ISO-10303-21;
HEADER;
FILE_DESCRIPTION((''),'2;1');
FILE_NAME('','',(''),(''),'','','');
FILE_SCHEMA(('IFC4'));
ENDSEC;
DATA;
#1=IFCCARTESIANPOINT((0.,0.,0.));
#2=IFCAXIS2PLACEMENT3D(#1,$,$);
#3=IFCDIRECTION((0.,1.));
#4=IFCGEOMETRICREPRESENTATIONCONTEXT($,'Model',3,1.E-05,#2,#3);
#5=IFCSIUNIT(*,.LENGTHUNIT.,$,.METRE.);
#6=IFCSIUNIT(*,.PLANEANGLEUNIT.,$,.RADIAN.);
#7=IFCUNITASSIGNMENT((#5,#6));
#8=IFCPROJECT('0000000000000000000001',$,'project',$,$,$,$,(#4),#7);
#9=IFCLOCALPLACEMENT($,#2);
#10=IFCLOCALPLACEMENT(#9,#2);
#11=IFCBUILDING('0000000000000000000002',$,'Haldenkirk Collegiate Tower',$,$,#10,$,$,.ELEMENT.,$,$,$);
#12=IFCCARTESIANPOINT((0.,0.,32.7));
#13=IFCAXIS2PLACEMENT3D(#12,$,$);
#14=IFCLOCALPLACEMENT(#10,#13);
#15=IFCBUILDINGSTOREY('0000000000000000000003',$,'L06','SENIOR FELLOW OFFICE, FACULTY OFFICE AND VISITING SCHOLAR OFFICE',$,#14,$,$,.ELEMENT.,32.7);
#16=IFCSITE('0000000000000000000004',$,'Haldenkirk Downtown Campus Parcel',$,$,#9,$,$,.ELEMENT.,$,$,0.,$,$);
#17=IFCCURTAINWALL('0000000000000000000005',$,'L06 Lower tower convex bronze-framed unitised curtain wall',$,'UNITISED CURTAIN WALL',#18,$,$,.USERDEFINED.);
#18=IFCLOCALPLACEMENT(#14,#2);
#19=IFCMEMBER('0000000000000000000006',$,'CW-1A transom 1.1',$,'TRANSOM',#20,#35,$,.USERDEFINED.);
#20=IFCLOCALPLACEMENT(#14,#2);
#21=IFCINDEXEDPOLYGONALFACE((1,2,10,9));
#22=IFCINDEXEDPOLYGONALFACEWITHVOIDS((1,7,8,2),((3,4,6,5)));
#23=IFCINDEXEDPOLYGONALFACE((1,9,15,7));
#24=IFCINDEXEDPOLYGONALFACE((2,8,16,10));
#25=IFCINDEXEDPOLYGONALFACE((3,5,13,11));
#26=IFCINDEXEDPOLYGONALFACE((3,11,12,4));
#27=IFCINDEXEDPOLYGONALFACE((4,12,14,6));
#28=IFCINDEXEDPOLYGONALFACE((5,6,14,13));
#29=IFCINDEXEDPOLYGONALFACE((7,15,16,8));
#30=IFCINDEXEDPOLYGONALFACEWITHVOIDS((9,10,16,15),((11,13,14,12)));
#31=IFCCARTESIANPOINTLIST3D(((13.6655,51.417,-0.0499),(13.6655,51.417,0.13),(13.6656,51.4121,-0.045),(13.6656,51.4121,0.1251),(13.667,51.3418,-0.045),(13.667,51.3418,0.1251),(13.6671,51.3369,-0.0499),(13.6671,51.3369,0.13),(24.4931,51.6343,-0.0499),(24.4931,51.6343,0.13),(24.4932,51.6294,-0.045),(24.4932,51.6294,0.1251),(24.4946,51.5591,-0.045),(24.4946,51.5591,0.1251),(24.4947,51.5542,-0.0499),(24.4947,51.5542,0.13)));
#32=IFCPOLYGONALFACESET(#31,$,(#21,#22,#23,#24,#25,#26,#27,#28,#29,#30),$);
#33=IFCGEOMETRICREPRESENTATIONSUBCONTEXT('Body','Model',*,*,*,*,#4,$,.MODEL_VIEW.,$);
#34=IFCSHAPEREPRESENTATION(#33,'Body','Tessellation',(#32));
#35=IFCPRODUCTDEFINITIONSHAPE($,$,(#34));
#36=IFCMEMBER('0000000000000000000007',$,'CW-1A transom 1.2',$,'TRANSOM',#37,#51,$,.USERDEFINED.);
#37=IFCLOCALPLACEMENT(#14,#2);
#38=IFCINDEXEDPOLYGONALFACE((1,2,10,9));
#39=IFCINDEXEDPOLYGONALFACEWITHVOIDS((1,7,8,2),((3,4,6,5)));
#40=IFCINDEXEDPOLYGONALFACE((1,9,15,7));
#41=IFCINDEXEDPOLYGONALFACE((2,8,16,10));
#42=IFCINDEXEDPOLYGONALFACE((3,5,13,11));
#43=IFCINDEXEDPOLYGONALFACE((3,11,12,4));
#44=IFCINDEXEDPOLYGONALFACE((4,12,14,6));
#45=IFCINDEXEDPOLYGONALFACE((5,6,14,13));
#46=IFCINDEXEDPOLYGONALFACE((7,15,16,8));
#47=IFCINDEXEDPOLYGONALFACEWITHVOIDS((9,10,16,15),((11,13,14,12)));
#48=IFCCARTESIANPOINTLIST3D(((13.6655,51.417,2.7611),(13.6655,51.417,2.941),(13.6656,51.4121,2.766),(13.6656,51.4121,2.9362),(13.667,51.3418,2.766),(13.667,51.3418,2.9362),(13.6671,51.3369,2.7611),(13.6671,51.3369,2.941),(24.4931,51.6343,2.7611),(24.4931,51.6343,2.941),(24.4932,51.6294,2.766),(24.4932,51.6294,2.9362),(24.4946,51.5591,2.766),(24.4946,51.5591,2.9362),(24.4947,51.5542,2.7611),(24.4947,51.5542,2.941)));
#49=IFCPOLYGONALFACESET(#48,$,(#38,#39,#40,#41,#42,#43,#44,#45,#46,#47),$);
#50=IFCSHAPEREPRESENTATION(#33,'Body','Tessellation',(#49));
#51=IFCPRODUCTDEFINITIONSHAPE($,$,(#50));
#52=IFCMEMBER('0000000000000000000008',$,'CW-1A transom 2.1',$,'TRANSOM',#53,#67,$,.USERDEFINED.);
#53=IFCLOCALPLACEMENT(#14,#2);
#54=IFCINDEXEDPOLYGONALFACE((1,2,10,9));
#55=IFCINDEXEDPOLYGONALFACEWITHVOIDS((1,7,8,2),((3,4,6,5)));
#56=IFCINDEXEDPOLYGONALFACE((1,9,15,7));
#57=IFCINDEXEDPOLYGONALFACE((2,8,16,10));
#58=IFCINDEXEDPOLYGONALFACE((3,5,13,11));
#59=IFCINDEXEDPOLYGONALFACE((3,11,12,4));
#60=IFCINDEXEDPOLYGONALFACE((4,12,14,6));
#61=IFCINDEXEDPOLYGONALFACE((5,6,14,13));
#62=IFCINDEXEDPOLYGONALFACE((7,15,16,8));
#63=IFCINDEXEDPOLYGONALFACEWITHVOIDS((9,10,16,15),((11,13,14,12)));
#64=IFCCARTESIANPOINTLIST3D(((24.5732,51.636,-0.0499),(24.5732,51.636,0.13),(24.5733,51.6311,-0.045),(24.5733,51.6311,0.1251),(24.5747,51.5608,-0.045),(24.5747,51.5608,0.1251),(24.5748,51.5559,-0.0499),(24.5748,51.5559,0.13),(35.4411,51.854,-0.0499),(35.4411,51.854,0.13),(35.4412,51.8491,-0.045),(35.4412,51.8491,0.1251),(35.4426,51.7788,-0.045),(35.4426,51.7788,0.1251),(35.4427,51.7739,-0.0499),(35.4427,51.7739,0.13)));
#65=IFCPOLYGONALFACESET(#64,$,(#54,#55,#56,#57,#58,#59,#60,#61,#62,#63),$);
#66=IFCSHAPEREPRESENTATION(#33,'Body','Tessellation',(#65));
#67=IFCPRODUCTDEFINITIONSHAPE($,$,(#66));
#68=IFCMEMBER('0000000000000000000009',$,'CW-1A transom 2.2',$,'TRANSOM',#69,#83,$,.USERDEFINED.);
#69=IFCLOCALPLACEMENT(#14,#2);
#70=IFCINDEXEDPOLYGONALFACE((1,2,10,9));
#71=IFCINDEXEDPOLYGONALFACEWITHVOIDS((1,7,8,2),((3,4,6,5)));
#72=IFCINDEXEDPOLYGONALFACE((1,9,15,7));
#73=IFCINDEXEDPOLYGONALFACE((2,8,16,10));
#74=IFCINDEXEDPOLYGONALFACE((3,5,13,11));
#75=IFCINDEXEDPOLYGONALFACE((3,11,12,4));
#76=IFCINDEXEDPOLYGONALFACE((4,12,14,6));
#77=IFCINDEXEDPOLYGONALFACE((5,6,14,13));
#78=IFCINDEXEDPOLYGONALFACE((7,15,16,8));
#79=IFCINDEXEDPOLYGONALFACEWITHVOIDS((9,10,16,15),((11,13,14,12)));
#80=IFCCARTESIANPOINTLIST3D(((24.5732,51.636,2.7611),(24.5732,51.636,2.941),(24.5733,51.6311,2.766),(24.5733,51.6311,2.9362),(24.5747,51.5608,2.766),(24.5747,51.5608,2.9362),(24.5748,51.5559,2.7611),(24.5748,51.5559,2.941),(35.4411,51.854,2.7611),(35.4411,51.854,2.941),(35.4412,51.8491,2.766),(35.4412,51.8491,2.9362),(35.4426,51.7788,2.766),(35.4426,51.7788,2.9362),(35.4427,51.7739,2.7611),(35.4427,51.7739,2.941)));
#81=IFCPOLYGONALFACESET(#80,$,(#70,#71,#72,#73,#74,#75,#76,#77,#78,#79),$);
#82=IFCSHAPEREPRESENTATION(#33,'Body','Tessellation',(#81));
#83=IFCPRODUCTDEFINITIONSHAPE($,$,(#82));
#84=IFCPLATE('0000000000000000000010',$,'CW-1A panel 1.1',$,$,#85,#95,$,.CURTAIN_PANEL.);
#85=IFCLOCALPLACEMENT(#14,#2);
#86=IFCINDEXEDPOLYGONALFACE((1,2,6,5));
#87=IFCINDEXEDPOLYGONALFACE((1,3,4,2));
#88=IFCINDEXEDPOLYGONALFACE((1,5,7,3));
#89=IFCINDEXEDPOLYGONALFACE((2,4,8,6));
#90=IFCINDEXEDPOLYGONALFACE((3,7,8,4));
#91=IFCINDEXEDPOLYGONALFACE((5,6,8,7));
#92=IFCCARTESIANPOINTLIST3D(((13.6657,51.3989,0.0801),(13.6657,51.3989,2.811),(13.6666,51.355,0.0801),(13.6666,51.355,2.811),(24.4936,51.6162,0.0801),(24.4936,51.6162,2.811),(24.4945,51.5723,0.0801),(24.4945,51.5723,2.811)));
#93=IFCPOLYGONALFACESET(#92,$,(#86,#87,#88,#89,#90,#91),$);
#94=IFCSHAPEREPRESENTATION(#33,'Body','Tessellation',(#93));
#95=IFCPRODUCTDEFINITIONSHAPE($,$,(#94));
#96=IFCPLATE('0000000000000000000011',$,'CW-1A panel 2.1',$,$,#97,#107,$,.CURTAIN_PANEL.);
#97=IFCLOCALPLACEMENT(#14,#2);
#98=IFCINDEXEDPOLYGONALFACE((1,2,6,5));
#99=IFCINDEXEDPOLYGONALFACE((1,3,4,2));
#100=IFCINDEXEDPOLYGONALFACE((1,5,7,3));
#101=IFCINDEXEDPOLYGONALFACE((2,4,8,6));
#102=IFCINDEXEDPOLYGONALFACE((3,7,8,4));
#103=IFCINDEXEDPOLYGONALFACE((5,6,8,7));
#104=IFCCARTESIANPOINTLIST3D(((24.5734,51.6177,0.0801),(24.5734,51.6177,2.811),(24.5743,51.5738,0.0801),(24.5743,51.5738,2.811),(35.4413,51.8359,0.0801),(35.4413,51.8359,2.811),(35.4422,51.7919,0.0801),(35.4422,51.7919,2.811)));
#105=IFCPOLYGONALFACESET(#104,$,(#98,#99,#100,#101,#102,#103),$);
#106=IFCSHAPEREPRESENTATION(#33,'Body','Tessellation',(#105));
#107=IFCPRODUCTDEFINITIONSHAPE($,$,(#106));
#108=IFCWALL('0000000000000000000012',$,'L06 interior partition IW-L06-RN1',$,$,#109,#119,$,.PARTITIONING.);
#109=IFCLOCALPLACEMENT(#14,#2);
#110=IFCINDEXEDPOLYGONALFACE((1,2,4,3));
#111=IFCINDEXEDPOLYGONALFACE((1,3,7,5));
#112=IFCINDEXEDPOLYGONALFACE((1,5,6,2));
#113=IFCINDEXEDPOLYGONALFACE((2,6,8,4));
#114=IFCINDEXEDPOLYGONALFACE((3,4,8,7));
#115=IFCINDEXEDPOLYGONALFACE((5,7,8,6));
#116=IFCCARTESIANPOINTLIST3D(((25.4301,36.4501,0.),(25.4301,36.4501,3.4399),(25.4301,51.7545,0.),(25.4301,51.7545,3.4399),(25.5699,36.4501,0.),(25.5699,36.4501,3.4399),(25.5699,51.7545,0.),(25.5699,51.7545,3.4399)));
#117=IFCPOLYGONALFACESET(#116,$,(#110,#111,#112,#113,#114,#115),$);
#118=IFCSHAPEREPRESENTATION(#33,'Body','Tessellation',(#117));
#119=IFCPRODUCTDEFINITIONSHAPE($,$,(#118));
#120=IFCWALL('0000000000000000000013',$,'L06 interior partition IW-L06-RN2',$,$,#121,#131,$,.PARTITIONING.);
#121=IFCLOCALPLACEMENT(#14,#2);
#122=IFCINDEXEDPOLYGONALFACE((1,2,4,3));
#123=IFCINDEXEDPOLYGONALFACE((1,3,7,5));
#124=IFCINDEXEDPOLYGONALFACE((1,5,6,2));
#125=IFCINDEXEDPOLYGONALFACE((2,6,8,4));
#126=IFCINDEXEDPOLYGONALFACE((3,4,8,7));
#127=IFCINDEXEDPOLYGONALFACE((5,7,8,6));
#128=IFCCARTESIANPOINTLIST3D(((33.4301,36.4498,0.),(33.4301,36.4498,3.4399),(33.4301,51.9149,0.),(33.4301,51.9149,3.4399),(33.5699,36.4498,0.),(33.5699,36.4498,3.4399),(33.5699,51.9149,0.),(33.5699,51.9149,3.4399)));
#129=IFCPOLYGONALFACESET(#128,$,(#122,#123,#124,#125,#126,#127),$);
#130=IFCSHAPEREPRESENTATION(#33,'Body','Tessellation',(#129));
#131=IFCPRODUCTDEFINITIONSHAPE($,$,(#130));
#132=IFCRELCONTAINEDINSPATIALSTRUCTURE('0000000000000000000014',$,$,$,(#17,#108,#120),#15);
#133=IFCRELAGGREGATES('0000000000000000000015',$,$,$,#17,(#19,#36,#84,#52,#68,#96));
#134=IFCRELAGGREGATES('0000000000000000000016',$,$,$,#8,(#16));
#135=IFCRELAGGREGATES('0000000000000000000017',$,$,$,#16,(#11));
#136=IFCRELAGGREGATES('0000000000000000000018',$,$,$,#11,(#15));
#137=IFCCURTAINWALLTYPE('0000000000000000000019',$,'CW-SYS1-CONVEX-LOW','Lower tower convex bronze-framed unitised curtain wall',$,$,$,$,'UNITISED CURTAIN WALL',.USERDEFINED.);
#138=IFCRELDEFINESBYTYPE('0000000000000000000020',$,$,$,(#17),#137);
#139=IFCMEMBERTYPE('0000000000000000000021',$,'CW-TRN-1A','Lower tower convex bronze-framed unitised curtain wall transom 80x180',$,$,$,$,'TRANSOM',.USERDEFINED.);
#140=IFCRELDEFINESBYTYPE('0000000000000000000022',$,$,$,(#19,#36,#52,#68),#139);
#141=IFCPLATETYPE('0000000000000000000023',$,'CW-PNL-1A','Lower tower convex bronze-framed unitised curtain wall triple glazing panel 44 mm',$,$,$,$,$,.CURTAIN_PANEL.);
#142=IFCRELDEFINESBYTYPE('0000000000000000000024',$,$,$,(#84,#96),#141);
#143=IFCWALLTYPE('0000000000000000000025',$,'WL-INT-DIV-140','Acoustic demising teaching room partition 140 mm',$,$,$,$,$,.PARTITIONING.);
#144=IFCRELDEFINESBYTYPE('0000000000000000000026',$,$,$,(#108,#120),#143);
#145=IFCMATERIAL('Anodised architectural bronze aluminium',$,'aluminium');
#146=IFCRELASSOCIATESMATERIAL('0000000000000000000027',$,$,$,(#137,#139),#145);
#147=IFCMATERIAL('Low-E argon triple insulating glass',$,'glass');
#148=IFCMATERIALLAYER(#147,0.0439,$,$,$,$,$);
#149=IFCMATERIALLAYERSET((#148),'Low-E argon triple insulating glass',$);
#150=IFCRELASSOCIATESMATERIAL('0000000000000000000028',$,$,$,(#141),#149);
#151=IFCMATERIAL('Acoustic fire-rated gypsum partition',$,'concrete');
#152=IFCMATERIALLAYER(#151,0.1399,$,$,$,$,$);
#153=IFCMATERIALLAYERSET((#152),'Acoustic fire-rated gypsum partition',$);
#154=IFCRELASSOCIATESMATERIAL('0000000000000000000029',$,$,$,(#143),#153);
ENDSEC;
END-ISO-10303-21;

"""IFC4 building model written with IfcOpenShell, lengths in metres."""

from ifc_helpers import new_model, si_unit, direction, frame, frame_2d, origin, origin_2d, place, context, subcontext, project, spatial, rectangle, hollow_rectangle, extrude, source, transform, mapped, material, layer, layer_set, material_profile, profile_set, type_object, element, aggregate, save


model = new_model("IFC4")

# Units and contexts
model_context = context("Model", 3, precision=1e-05, world=origin(), true_north=direction((0.0, 1.0)))
body_context = subcontext(model_context, "Body", "Model", "MODEL_VIEW")
ifc_project = project(units=[si_unit("LENGTHUNIT", "METRE"), si_unit("PLANEANGLEUNIT", "RADIAN")], contexts=[model_context])

# Site, building, storey
site_placement = place(None, origin())
site = spatial("IfcSite", under=ifc_project, at=site_placement, Name="Haldenkirk Downtown Campus Parcel", CompositionType="ELEMENT", RefElevation=0.0)
building_placement = place(site_placement, origin())
building = spatial("IfcBuilding", under=site, at=building_placement, Name="Haldenkirk Collegiate Tower", CompositionType="ELEMENT")
storey_placement = place(building_placement, frame((0.0, 0.0, 32.7)))
storey = spatial("IfcBuildingStorey", under=building, at=storey_placement, Name="L06", Description="SENIOR FELLOW OFFICE, FACULTY OFFICE AND VISITING SCHOLAR OFFICE", CompositionType="ELEMENT", Elevation=32.7)

# Curtain wall, members, plates
ifc_material_1 = material(Name="Anodised architectural bronze aluminium", Category="aluminium")
curtain_wall_type = type_object("IfcCurtainWallType", Name="CW-SYS1-CONVEX-LOW", Description="Lower tower convex bronze-framed unitised curtain wall", ElementType="UNITISED CURTAIN WALL", PredefinedType="USERDEFINED", material=ifc_material_1)
curtain_wall_placement = place(storey_placement, origin())
curtain_wall = element("IfcCurtainWall", 1, at=curtain_wall_placement, inside=storey, type_object=curtain_wall_type, Name="L06 Lower tower convex bronze-framed unitised curtain wall", ObjectType="UNITISED CURTAIN WALL", PredefinedType="USERDEFINED")
ifc_material_profile_1 = material_profile(ifc_material_1, hollow_rectangle(XDim=0.0801, YDim=0.1799, WallThickness=0.0049, at=origin_2d()), Name="CW-TRN-1A")
ifc_profile_set_1 = profile_set([ifc_material_profile_1], Name="Anodised architectural bronze aluminium")
member_type_1 = type_object("IfcMemberType", Name="CW-TRN-1A", Description="Lower tower convex bronze-framed unitised curtain wall transom 80x180", ElementType="TRANSOM", PredefinedType="USERDEFINED", material=ifc_profile_set_1)
member_1_placement = place(storey_placement, frame((13.6663, 51.377, 0.04), z_axis=(0.999799, 0.020064, 0.0), x_axis=(-0.020064, 0.999799, 0.0)))
member_1 = element("IfcMember", 2, at=member_1_placement, type_object=member_type_1, Name="CW-1A transom 1.1", ObjectType="TRANSOM", PredefinedType="USERDEFINED", context=body_context, shape_type="SweptSolid", body=[
    extrude(hollow_rectangle(XDim=0.0801, YDim=0.1799, WallThickness=0.0049, at=origin_2d()), origin(), (0.0, 0.0, 1.0), 10.8298),
])
member_2_placement = place(storey_placement, frame((13.6663, 51.377, 2.8511), z_axis=(0.999799, 0.020064, 0.0), x_axis=(-0.020064, 0.999799, 0.0)))
member_2 = element("IfcMember", 3, at=member_2_placement, type_object=member_type_1, Name="CW-1A transom 1.2", ObjectType="TRANSOM", PredefinedType="USERDEFINED", context=body_context, shape_type="SweptSolid", body=[
    extrude(hollow_rectangle(XDim=0.0801, YDim=0.1799, WallThickness=0.0049, at=origin_2d()), origin(), (0.0, 0.0, 1.0), 10.8298),
])
member_3_placement = place(storey_placement, frame((24.574, 51.5959, 0.04), z_axis=(0.999799, 0.020057, 0.0), x_axis=(-0.020057, 0.999799, 0.0)))
member_3 = element("IfcMember", 4, at=member_3_placement, type_object=member_type_1, Name="CW-1A transom 2.1", ObjectType="TRANSOM", PredefinedType="USERDEFINED", context=body_context, shape_type="SweptSolid", body=[
    extrude(hollow_rectangle(XDim=0.0801, YDim=0.1799, WallThickness=0.0049, at=origin_2d()), origin(), (0.0, 0.0, 1.0), 10.8701),
])
member_4_placement = place(storey_placement, frame((24.574, 51.5959, 2.8511), z_axis=(0.999799, 0.020057, 0.0), x_axis=(-0.020057, 0.999799, 0.0)))
member_4 = element("IfcMember", 5, at=member_4_placement, type_object=member_type_1, Name="CW-1A transom 2.2", ObjectType="TRANSOM", PredefinedType="USERDEFINED", context=body_context, shape_type="SweptSolid", body=[
    extrude(hollow_rectangle(XDim=0.0801, YDim=0.1799, WallThickness=0.0049, at=origin_2d()), origin(), (0.0, 0.0, 1.0), 10.8701),
])
ifc_material_2 = material(Name="Low-E argon triple insulating glass", Category="glass")
ifc_layer_1 = layer(ifc_material_2, 0.0439)
ifc_layer_set_1 = layer_set([ifc_layer_1], Name="Low-E argon triple insulating glass")
plate_type = type_object("IfcPlateType", Name="CW-PNL-1A", Description="Lower tower convex bronze-framed unitised curtain wall triple glazing panel 44 mm", PredefinedType="CURTAIN_PANEL", material=ifc_layer_set_1)
shared_shape_1 = source(origin(), body_context, "Body", "SweptSolid", [
    extrude(rectangle(XDim=10.8301, YDim=0.0439, at=origin_2d()), origin(), (0.0, 0.0, 1.0), 2.731),
])
plate_1_placement = place(storey_placement, frame((19.0801, 51.4856, 0.0801), z_axis=(0.0, 0.0, 1.0), x_axis=(0.999799, 0.020068, 0.0)))
plate_1 = element("IfcPlate", 6, at=plate_1_placement, type_object=plate_type, Name="CW-1A panel 1.1", PredefinedType="CURTAIN_PANEL", context=body_context, shape_type="MappedRepresentation", body=[
    mapped(shared_shape_1, transform((0.0, 0.0, 0.0), x_axis=(1.0, 0.0, 0.0), y_axis=(0.0, 1.0, 0.0), z_axis=(0.0, 0.0, 1.0), scale=1.0)),
])
shared_shape_2 = source(origin(), body_context, "Body", "SweptSolid", [
    extrude(rectangle(XDim=10.8701, YDim=0.0439, at=origin_2d()), origin(), (0.0, 0.0, 1.0), 2.731),
])
plate_2_placement = place(storey_placement, frame((30.0078, 51.7048, 0.0801), z_axis=(0.0, 0.0, 1.0), x_axis=(0.999799, 0.020068, 0.0)))
plate_2 = element("IfcPlate", 7, at=plate_2_placement, type_object=plate_type, Name="CW-1A panel 2.1", PredefinedType="CURTAIN_PANEL", context=body_context, shape_type="MappedRepresentation", body=[
    mapped(shared_shape_2, transform((0.0, 0.0, 0.0), x_axis=(1.0, 0.0, 0.0), y_axis=(0.0, 1.0, 0.0), z_axis=(0.0, 0.0, 1.0), scale=1.0)),
])
aggregate(curtain_wall, [member_1, member_2, plate_1, member_3, member_4, plate_2])

# Shared definitions
ifc_material_3 = material(Name="Acoustic fire-rated gypsum partition", Category="concrete")

# Walls
ifc_layer_2 = layer(ifc_material_3, 0.1399)
ifc_layer_set_2 = layer_set([ifc_layer_2], Name="Acoustic fire-rated gypsum partition")
wall_type_1 = type_object("IfcWallType", Name="WL-INT-DIV-140", Description="Acoustic demising teaching room partition 140 mm", PredefinedType="PARTITIONING", material=ifc_layer_set_2)
wall_1_placement = place(storey_placement, frame((25.5, 36.45, 0.0), z_axis=(0.0, 0.0, 1.0), x_axis=(0.0, 1.0, 0.0)))
element("IfcWall", 8, at=wall_1_placement, inside=storey, type_object=wall_type_1, Name="L06 interior partition IW-L06-RN1", PredefinedType="PARTITIONING", context=body_context, shape_type="SweptSolid", body=[
    extrude(rectangle(XDim=15.3044, YDim=0.1399, at=frame_2d((7.6523, 0.0))), origin(), (0.0, 0.0, 1.0), 3.4399),
])
wall_2_placement = place(storey_placement, frame((33.5, 36.45, 0.0), z_axis=(0.0, 0.0, 1.0), x_axis=(0.0, 1.0, 0.0)))
element("IfcWall", 9, at=wall_2_placement, inside=storey, type_object=wall_type_1, Name="L06 interior partition IW-L06-RN2", PredefinedType="PARTITIONING", context=body_context, shape_type="SweptSolid", body=[
    extrude(rectangle(XDim=15.4651, YDim=0.1399, at=frame_2d((7.7324, 0.0))), origin(), (0.0, 0.0, 1.0), 3.4399),
])

save(model, "model.ifc")
